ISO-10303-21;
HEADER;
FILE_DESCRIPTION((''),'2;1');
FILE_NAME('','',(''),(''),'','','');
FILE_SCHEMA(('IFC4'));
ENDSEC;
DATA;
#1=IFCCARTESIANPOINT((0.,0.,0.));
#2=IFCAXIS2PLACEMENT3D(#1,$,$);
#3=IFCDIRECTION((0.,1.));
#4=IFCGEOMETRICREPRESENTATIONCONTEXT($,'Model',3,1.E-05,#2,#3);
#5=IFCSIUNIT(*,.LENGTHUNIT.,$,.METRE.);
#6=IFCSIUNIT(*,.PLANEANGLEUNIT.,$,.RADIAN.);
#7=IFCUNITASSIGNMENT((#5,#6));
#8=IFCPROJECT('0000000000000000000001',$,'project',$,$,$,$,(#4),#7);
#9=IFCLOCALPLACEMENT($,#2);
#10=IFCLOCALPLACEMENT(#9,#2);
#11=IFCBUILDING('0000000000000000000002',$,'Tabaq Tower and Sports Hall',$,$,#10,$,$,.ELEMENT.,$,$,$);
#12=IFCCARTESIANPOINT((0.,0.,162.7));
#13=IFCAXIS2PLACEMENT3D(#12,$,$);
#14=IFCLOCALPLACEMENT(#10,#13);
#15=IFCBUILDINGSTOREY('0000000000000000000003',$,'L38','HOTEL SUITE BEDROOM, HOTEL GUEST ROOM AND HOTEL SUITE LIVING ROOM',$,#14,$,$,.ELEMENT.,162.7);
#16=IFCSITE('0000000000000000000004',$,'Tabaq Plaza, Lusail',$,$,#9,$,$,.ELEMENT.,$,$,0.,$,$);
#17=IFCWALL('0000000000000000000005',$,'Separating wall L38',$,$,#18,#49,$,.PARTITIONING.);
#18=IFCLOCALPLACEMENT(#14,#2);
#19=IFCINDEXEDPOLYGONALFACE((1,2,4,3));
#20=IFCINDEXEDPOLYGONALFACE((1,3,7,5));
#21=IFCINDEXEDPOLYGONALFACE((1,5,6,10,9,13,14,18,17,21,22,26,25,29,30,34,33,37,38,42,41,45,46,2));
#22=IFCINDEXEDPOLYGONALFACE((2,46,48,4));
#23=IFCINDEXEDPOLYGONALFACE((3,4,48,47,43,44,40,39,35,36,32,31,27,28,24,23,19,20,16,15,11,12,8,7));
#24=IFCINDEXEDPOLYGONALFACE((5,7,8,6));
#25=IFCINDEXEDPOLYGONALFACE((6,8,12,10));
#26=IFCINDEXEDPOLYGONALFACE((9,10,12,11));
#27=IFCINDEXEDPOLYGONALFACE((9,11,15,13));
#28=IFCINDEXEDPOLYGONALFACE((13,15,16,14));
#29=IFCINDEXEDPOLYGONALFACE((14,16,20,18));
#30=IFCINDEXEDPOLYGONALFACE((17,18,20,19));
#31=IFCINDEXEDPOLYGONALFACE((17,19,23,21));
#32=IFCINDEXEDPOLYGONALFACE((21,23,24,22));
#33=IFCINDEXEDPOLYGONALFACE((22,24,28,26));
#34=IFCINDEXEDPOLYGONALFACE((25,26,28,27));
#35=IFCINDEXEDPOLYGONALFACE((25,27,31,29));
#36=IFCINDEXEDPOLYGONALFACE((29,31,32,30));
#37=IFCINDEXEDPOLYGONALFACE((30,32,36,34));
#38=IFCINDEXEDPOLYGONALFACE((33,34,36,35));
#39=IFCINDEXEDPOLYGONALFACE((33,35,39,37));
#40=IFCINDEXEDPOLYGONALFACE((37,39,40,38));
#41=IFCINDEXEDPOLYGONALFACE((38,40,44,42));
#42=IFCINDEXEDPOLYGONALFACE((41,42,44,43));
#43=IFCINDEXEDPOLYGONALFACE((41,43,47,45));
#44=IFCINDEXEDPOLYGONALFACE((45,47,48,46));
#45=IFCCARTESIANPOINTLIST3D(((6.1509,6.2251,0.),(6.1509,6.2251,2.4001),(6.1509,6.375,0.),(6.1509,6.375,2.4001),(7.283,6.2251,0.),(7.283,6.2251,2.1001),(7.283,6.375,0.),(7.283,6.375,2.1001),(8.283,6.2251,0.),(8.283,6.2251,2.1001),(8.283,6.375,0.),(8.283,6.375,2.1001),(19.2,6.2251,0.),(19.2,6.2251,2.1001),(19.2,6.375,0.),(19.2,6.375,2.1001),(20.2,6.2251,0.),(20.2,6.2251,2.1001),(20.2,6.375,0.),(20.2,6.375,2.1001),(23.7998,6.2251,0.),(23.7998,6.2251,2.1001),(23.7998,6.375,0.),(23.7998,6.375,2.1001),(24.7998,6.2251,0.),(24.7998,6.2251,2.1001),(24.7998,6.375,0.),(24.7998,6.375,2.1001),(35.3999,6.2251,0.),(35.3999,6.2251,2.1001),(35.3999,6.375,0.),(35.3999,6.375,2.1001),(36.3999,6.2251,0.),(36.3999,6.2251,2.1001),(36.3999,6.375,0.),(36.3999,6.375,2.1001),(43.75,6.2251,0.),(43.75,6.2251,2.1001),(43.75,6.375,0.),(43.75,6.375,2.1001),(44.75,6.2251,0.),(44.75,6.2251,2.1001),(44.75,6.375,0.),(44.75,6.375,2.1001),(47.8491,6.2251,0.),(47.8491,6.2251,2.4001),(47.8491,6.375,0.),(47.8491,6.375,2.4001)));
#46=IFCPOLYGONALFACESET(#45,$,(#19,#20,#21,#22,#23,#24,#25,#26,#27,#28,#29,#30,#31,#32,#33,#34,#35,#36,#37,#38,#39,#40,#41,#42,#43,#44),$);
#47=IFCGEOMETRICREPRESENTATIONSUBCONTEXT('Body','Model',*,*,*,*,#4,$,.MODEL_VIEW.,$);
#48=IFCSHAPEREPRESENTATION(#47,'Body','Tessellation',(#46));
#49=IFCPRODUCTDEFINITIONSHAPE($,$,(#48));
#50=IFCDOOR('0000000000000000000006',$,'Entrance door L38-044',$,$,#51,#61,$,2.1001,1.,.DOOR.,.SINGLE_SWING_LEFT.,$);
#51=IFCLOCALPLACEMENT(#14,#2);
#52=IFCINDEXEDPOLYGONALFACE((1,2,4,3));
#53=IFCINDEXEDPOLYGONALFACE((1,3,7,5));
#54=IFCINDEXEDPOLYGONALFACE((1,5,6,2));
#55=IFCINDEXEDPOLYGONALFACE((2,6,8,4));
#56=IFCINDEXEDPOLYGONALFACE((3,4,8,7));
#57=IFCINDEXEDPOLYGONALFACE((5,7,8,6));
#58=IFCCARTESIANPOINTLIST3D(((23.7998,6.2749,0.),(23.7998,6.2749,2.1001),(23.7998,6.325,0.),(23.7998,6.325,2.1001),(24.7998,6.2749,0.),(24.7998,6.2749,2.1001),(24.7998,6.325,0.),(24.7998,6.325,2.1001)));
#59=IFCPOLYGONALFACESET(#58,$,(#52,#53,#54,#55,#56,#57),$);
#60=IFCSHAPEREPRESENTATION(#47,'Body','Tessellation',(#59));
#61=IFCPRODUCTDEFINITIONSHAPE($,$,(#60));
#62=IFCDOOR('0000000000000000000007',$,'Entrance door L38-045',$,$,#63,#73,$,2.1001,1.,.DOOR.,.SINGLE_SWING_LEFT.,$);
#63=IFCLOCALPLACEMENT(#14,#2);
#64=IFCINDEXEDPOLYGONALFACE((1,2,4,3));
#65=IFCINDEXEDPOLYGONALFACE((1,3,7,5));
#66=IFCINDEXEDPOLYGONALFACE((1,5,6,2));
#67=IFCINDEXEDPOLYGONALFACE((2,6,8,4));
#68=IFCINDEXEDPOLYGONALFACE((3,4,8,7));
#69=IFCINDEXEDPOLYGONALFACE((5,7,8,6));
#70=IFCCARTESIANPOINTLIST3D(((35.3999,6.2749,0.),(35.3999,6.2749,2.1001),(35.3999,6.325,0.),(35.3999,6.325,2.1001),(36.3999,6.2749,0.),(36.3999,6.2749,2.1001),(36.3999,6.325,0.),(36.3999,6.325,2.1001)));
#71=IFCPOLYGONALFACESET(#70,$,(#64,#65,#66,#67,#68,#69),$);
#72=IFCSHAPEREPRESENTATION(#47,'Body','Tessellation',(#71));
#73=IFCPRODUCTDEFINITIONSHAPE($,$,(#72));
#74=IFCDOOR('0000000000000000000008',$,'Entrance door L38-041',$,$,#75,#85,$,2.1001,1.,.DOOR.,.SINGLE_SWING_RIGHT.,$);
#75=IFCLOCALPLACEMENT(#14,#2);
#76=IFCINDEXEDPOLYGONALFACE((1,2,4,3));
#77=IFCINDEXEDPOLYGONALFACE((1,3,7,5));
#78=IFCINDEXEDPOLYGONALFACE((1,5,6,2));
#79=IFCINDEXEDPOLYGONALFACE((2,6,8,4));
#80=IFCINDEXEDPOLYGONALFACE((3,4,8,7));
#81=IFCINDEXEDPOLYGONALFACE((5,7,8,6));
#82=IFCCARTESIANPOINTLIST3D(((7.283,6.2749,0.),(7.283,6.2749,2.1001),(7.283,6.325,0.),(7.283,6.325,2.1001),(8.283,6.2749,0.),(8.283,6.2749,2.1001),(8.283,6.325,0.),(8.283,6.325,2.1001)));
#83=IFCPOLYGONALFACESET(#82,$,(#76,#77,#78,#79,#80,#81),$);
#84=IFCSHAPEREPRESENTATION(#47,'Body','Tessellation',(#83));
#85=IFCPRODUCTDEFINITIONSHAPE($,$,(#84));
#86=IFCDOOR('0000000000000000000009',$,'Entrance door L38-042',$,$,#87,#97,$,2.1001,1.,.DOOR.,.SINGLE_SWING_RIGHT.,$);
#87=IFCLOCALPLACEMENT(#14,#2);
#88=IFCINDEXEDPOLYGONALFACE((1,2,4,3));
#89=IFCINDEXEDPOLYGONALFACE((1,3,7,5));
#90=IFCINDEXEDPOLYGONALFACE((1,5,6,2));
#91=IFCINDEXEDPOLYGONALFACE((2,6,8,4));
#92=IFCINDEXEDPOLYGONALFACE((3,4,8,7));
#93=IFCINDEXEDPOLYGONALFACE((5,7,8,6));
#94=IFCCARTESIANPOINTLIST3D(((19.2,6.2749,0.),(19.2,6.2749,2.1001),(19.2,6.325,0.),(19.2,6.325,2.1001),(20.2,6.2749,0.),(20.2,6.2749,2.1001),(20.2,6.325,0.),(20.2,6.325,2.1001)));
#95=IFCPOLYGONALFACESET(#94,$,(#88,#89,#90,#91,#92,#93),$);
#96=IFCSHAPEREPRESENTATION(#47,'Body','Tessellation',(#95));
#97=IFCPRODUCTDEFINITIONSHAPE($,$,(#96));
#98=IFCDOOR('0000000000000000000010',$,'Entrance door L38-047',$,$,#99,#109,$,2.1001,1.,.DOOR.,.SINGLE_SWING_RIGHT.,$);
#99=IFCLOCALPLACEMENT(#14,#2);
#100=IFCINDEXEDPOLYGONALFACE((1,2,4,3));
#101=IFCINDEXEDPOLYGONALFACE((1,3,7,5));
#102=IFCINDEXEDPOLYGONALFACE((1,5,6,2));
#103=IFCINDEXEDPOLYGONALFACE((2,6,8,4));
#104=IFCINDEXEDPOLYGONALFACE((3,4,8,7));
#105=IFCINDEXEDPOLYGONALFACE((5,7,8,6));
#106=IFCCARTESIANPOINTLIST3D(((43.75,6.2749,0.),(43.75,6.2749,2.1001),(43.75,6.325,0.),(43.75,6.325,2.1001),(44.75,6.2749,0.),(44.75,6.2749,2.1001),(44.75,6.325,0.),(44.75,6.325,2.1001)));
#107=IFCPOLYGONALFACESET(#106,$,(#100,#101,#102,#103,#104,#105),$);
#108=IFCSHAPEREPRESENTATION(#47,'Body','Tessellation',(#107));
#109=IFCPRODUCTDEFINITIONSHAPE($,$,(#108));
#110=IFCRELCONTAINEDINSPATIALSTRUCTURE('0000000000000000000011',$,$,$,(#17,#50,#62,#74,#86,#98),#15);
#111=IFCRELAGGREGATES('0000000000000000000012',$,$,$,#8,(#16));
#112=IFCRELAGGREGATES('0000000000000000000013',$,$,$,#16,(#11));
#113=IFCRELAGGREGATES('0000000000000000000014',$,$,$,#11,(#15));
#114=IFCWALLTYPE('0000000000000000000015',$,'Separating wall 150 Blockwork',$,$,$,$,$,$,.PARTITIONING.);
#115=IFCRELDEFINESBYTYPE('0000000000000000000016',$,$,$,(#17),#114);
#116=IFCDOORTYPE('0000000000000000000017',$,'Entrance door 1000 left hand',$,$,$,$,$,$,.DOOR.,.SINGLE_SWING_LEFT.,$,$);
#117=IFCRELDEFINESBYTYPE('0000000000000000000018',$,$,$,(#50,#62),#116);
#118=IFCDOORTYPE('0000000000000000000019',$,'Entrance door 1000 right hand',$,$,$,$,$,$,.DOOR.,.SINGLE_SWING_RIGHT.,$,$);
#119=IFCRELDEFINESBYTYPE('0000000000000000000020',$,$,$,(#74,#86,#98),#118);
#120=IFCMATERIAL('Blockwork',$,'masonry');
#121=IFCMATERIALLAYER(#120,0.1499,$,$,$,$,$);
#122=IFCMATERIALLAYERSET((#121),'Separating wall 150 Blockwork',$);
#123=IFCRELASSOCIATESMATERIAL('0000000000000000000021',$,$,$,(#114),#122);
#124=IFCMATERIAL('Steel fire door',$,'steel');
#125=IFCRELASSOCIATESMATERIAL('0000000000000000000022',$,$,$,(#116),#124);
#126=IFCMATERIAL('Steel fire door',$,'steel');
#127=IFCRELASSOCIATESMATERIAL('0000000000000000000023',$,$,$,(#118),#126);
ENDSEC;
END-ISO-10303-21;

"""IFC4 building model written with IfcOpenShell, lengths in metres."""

from ifc_helpers import new_model, si_unit, direction, frame, frame_2d, origin, place, context, subcontext, project, spatial, rectangle, extrude, material, layer, layer_set, type_object, element, fill, save


model = new_model("IFC4")

# Units and contexts
model_context = context("Model", 3, precision=1e-05, world=origin(), true_north=direction((0.0, 1.0)))
body_context = subcontext(model_context, "Body", "Model", "MODEL_VIEW")
ifc_project = project(units=[si_unit("LENGTHUNIT", "METRE"), si_unit("PLANEANGLEUNIT", "RADIAN")], contexts=[model_context])

# Site, building, storey
site_placement = place(None, origin())
site = spatial("IfcSite", under=ifc_project, at=site_placement, Name="Tabaq Plaza, Lusail", CompositionType="ELEMENT", RefElevation=0.0)
building_placement = place(site_placement, origin())
building = spatial("IfcBuilding", under=site, at=building_placement, Name="Tabaq Tower and Sports Hall", CompositionType="ELEMENT")
storey_placement = place(building_placement, frame((0.0, 0.0, 162.7)))
storey = spatial("IfcBuildingStorey", under=building, at=storey_placement, Name="L38", Description="HOTEL SUITE BEDROOM, HOTEL GUEST ROOM AND HOTEL SUITE LIVING ROOM", CompositionType="ELEMENT", Elevation=162.7)

# Wall, openings, doors
ifc_material_1 = material(Name="Blockwork", Category="masonry")
ifc_layer_1 = layer(ifc_material_1, 0.1499)
ifc_layer_set_1 = layer_set([ifc_layer_1], Name="Separating wall 150 Blockwork")
wall_type_1 = type_object("IfcWallType", Name="Separating wall 150 Blockwork", PredefinedType="PARTITIONING", material=ifc_layer_set_1)
wall_1_placement = place(storey_placement, frame((6.1509, 6.3, 0.0), z_axis=(0.0, 0.0, 1.0), x_axis=(1.0, 0.0, 0.0)))
wall_1 = element("IfcWall", 1, at=wall_1_placement, inside=storey, type_object=wall_type_1, Name="Separating wall L38", PredefinedType="PARTITIONING", context=body_context, shape_type="SweptSolid", body=[
    extrude(rectangle(XDim=41.6982, YDim=0.1499, at=frame_2d((20.8491, 0.0))), origin(), (0.0, 0.0, 1.0), 2.4001),
])
opening_1_placement = place(wall_1_placement, frame((1.1321, 0.0, 0.0)))
opening_1 = element("IfcOpeningElement", 2, at=opening_1_placement, cuts=wall_1, PredefinedType="OPENING", context=body_context, shape_type="SweptSolid", body=[
    extrude(rectangle(XDim=1.0, YDim=2.1001, at=frame_2d((0.5, 1.05))), frame((0.0, 0.075, 0.0), z_axis=(0.0, -1.0, 0.0), x_axis=(1.0, 0.0, 0.0)), (0.0, 0.0, 1.0), 0.1499),
])
opening_2_placement = place(wall_1_placement, frame((13.0491, 0.0, 0.0)))
opening_2 = element("IfcOpeningElement", 3, at=opening_2_placement, cuts=wall_1, PredefinedType="OPENING", context=body_context, shape_type="SweptSolid", body=[
    extrude(rectangle(XDim=1.0, YDim=2.1001, at=frame_2d((0.5, 1.05))), frame((0.0, 0.075, 0.0), z_axis=(0.0, -1.0, 0.0), x_axis=(1.0, 0.0, 0.0)), (0.0, 0.0, 1.0), 0.1499),
])
opening_3_placement = place(wall_1_placement, frame((17.6489, 0.0, 0.0)))
opening_3 = element("IfcOpeningElement", 4, at=opening_3_placement, cuts=wall_1, PredefinedType="OPENING", context=body_context, shape_type="SweptSolid", body=[
    extrude(rectangle(XDim=1.0, YDim=2.1001, at=frame_2d((0.5, 1.05))), frame((0.0, 0.075, 0.0), z_axis=(0.0, -1.0, 0.0), x_axis=(1.0, 0.0, 0.0)), (0.0, 0.0, 1.0), 0.1499),
])
opening_4_placement = place(wall_1_placement, frame((29.249, 0.0, 0.0)))
opening_4 = element("IfcOpeningElement", 5, at=opening_4_placement, cuts=wall_1, PredefinedType="OPENING", context=body_context, shape_type="SweptSolid", body=[
    extrude(rectangle(XDim=1.0, YDim=2.1001, at=frame_2d((0.5, 1.05))), frame((0.0, 0.075, 0.0), z_axis=(0.0, -1.0, 0.0), x_axis=(1.0, 0.0, 0.0)), (0.0, 0.0, 1.0), 0.1499),
])
opening_5_placement = place(wall_1_placement, frame((37.5991, 0.0, 0.0)))
opening_5 = element("IfcOpeningElement", 6, at=opening_5_placement, cuts=wall_1, PredefinedType="OPENING", context=body_context, shape_type="SweptSolid", body=[
    extrude(rectangle(XDim=1.0, YDim=2.1001, at=frame_2d((0.5, 1.05))), frame((0.0, 0.075, 0.0), z_axis=(0.0, -1.0, 0.0), x_axis=(1.0, 0.0, 0.0)), (0.0, 0.0, 1.0), 0.1499),
])
ifc_material_2 = material(Name="Steel fire door", Category="steel")
door_type_1 = type_object("IfcDoorType", Name="Entrance door 1000 left hand", OperationType="SINGLE_SWING_LEFT", PredefinedType="DOOR", material=ifc_material_2)
door_1_placement = place(opening_3_placement, origin())
door_1 = element("IfcDoor", 7, at=door_1_placement, inside=storey, type_object=door_type_1, Name="Entrance door L38-044", OperationType="SINGLE_SWING_LEFT", OverallHeight=2.1001, OverallWidth=1.0, PredefinedType="DOOR", context=body_context, shape_type="SweptSolid", body=[
    extrude(rectangle(XDim=1.0, YDim=2.1001, at=frame_2d((0.5, 1.05))), frame((0.0, 0.0249, 0.0), z_axis=(0.0, -1.0, 0.0), x_axis=(1.0, 0.0, 0.0)), (0.0, 0.0, 1.0), 0.05),
])
fill(opening_3, door_1)
door_2_placement = place(opening_4_placement, origin())
door_2 = element("IfcDoor", 8, at=door_2_placement, inside=storey, type_object=door_type_1, Name="Entrance door L38-045", OperationType="SINGLE_SWING_LEFT", OverallHeight=2.1001, OverallWidth=1.0, PredefinedType="DOOR", context=body_context, shape_type="SweptSolid", body=[
    extrude(rectangle(XDim=1.0, YDim=2.1001, at=frame_2d((0.5, 1.05))), frame((0.0, 0.0249, 0.0), z_axis=(0.0, -1.0, 0.0), x_axis=(1.0, 0.0, 0.0)), (0.0, 0.0, 1.0), 0.05),
])
fill(opening_4, door_2)
ifc_material_3 = material(Name="Steel fire door", Category="steel")
door_type_2 = type_object("IfcDoorType", Name="Entrance door 1000 right hand", OperationType="SINGLE_SWING_RIGHT", PredefinedType="DOOR", material=ifc_material_3)
door_3_placement = place(opening_1_placement, origin())
door_3 = element("IfcDoor", 9, at=door_3_placement, inside=storey, type_object=door_type_2, Name="Entrance door L38-041", OperationType="SINGLE_SWING_RIGHT", OverallHeight=2.1001, OverallWidth=1.0, PredefinedType="DOOR", context=body_context, shape_type="SweptSolid", body=[
    extrude(rectangle(XDim=1.0, YDim=2.1001, at=frame_2d((0.5, 1.05))), frame((0.0, 0.0249, 0.0), z_axis=(0.0, -1.0, 0.0), x_axis=(1.0, 0.0, 0.0)), (0.0, 0.0, 1.0), 0.05),
])
fill(opening_1, door_3)
door_4_placement = place(opening_2_placement, origin())
door_4 = element("IfcDoor", 10, at=door_4_placement, inside=storey, type_object=door_type_2, Name="Entrance door L38-042", OperationType="SINGLE_SWING_RIGHT", OverallHeight=2.1001, OverallWidth=1.0, PredefinedType="DOOR", context=body_context, shape_type="SweptSolid", body=[
    extrude(rectangle(XDim=1.0, YDim=2.1001, at=frame_2d((0.5, 1.05))), frame((0.0, 0.0249, 0.0), z_axis=(0.0, -1.0, 0.0), x_axis=(1.0, 0.0, 0.0)), (0.0, 0.0, 1.0), 0.05),
])
fill(opening_2, door_4)
door_5_placement = place(opening_5_placement, origin())
door_5 = element("IfcDoor", 11, at=door_5_placement, inside=storey, type_object=door_type_2, Name="Entrance door L38-047", OperationType="SINGLE_SWING_RIGHT", OverallHeight=2.1001, OverallWidth=1.0, PredefinedType="DOOR", context=body_context, shape_type="SweptSolid", body=[
    extrude(rectangle(XDim=1.0, YDim=2.1001, at=frame_2d((0.5, 1.05))), frame((0.0, 0.0249, 0.0), z_axis=(0.0, -1.0, 0.0), x_axis=(1.0, 0.0, 0.0)), (0.0, 0.0, 1.0), 0.05),
])
fill(opening_5, door_5)

save(model, "model.ifc")
